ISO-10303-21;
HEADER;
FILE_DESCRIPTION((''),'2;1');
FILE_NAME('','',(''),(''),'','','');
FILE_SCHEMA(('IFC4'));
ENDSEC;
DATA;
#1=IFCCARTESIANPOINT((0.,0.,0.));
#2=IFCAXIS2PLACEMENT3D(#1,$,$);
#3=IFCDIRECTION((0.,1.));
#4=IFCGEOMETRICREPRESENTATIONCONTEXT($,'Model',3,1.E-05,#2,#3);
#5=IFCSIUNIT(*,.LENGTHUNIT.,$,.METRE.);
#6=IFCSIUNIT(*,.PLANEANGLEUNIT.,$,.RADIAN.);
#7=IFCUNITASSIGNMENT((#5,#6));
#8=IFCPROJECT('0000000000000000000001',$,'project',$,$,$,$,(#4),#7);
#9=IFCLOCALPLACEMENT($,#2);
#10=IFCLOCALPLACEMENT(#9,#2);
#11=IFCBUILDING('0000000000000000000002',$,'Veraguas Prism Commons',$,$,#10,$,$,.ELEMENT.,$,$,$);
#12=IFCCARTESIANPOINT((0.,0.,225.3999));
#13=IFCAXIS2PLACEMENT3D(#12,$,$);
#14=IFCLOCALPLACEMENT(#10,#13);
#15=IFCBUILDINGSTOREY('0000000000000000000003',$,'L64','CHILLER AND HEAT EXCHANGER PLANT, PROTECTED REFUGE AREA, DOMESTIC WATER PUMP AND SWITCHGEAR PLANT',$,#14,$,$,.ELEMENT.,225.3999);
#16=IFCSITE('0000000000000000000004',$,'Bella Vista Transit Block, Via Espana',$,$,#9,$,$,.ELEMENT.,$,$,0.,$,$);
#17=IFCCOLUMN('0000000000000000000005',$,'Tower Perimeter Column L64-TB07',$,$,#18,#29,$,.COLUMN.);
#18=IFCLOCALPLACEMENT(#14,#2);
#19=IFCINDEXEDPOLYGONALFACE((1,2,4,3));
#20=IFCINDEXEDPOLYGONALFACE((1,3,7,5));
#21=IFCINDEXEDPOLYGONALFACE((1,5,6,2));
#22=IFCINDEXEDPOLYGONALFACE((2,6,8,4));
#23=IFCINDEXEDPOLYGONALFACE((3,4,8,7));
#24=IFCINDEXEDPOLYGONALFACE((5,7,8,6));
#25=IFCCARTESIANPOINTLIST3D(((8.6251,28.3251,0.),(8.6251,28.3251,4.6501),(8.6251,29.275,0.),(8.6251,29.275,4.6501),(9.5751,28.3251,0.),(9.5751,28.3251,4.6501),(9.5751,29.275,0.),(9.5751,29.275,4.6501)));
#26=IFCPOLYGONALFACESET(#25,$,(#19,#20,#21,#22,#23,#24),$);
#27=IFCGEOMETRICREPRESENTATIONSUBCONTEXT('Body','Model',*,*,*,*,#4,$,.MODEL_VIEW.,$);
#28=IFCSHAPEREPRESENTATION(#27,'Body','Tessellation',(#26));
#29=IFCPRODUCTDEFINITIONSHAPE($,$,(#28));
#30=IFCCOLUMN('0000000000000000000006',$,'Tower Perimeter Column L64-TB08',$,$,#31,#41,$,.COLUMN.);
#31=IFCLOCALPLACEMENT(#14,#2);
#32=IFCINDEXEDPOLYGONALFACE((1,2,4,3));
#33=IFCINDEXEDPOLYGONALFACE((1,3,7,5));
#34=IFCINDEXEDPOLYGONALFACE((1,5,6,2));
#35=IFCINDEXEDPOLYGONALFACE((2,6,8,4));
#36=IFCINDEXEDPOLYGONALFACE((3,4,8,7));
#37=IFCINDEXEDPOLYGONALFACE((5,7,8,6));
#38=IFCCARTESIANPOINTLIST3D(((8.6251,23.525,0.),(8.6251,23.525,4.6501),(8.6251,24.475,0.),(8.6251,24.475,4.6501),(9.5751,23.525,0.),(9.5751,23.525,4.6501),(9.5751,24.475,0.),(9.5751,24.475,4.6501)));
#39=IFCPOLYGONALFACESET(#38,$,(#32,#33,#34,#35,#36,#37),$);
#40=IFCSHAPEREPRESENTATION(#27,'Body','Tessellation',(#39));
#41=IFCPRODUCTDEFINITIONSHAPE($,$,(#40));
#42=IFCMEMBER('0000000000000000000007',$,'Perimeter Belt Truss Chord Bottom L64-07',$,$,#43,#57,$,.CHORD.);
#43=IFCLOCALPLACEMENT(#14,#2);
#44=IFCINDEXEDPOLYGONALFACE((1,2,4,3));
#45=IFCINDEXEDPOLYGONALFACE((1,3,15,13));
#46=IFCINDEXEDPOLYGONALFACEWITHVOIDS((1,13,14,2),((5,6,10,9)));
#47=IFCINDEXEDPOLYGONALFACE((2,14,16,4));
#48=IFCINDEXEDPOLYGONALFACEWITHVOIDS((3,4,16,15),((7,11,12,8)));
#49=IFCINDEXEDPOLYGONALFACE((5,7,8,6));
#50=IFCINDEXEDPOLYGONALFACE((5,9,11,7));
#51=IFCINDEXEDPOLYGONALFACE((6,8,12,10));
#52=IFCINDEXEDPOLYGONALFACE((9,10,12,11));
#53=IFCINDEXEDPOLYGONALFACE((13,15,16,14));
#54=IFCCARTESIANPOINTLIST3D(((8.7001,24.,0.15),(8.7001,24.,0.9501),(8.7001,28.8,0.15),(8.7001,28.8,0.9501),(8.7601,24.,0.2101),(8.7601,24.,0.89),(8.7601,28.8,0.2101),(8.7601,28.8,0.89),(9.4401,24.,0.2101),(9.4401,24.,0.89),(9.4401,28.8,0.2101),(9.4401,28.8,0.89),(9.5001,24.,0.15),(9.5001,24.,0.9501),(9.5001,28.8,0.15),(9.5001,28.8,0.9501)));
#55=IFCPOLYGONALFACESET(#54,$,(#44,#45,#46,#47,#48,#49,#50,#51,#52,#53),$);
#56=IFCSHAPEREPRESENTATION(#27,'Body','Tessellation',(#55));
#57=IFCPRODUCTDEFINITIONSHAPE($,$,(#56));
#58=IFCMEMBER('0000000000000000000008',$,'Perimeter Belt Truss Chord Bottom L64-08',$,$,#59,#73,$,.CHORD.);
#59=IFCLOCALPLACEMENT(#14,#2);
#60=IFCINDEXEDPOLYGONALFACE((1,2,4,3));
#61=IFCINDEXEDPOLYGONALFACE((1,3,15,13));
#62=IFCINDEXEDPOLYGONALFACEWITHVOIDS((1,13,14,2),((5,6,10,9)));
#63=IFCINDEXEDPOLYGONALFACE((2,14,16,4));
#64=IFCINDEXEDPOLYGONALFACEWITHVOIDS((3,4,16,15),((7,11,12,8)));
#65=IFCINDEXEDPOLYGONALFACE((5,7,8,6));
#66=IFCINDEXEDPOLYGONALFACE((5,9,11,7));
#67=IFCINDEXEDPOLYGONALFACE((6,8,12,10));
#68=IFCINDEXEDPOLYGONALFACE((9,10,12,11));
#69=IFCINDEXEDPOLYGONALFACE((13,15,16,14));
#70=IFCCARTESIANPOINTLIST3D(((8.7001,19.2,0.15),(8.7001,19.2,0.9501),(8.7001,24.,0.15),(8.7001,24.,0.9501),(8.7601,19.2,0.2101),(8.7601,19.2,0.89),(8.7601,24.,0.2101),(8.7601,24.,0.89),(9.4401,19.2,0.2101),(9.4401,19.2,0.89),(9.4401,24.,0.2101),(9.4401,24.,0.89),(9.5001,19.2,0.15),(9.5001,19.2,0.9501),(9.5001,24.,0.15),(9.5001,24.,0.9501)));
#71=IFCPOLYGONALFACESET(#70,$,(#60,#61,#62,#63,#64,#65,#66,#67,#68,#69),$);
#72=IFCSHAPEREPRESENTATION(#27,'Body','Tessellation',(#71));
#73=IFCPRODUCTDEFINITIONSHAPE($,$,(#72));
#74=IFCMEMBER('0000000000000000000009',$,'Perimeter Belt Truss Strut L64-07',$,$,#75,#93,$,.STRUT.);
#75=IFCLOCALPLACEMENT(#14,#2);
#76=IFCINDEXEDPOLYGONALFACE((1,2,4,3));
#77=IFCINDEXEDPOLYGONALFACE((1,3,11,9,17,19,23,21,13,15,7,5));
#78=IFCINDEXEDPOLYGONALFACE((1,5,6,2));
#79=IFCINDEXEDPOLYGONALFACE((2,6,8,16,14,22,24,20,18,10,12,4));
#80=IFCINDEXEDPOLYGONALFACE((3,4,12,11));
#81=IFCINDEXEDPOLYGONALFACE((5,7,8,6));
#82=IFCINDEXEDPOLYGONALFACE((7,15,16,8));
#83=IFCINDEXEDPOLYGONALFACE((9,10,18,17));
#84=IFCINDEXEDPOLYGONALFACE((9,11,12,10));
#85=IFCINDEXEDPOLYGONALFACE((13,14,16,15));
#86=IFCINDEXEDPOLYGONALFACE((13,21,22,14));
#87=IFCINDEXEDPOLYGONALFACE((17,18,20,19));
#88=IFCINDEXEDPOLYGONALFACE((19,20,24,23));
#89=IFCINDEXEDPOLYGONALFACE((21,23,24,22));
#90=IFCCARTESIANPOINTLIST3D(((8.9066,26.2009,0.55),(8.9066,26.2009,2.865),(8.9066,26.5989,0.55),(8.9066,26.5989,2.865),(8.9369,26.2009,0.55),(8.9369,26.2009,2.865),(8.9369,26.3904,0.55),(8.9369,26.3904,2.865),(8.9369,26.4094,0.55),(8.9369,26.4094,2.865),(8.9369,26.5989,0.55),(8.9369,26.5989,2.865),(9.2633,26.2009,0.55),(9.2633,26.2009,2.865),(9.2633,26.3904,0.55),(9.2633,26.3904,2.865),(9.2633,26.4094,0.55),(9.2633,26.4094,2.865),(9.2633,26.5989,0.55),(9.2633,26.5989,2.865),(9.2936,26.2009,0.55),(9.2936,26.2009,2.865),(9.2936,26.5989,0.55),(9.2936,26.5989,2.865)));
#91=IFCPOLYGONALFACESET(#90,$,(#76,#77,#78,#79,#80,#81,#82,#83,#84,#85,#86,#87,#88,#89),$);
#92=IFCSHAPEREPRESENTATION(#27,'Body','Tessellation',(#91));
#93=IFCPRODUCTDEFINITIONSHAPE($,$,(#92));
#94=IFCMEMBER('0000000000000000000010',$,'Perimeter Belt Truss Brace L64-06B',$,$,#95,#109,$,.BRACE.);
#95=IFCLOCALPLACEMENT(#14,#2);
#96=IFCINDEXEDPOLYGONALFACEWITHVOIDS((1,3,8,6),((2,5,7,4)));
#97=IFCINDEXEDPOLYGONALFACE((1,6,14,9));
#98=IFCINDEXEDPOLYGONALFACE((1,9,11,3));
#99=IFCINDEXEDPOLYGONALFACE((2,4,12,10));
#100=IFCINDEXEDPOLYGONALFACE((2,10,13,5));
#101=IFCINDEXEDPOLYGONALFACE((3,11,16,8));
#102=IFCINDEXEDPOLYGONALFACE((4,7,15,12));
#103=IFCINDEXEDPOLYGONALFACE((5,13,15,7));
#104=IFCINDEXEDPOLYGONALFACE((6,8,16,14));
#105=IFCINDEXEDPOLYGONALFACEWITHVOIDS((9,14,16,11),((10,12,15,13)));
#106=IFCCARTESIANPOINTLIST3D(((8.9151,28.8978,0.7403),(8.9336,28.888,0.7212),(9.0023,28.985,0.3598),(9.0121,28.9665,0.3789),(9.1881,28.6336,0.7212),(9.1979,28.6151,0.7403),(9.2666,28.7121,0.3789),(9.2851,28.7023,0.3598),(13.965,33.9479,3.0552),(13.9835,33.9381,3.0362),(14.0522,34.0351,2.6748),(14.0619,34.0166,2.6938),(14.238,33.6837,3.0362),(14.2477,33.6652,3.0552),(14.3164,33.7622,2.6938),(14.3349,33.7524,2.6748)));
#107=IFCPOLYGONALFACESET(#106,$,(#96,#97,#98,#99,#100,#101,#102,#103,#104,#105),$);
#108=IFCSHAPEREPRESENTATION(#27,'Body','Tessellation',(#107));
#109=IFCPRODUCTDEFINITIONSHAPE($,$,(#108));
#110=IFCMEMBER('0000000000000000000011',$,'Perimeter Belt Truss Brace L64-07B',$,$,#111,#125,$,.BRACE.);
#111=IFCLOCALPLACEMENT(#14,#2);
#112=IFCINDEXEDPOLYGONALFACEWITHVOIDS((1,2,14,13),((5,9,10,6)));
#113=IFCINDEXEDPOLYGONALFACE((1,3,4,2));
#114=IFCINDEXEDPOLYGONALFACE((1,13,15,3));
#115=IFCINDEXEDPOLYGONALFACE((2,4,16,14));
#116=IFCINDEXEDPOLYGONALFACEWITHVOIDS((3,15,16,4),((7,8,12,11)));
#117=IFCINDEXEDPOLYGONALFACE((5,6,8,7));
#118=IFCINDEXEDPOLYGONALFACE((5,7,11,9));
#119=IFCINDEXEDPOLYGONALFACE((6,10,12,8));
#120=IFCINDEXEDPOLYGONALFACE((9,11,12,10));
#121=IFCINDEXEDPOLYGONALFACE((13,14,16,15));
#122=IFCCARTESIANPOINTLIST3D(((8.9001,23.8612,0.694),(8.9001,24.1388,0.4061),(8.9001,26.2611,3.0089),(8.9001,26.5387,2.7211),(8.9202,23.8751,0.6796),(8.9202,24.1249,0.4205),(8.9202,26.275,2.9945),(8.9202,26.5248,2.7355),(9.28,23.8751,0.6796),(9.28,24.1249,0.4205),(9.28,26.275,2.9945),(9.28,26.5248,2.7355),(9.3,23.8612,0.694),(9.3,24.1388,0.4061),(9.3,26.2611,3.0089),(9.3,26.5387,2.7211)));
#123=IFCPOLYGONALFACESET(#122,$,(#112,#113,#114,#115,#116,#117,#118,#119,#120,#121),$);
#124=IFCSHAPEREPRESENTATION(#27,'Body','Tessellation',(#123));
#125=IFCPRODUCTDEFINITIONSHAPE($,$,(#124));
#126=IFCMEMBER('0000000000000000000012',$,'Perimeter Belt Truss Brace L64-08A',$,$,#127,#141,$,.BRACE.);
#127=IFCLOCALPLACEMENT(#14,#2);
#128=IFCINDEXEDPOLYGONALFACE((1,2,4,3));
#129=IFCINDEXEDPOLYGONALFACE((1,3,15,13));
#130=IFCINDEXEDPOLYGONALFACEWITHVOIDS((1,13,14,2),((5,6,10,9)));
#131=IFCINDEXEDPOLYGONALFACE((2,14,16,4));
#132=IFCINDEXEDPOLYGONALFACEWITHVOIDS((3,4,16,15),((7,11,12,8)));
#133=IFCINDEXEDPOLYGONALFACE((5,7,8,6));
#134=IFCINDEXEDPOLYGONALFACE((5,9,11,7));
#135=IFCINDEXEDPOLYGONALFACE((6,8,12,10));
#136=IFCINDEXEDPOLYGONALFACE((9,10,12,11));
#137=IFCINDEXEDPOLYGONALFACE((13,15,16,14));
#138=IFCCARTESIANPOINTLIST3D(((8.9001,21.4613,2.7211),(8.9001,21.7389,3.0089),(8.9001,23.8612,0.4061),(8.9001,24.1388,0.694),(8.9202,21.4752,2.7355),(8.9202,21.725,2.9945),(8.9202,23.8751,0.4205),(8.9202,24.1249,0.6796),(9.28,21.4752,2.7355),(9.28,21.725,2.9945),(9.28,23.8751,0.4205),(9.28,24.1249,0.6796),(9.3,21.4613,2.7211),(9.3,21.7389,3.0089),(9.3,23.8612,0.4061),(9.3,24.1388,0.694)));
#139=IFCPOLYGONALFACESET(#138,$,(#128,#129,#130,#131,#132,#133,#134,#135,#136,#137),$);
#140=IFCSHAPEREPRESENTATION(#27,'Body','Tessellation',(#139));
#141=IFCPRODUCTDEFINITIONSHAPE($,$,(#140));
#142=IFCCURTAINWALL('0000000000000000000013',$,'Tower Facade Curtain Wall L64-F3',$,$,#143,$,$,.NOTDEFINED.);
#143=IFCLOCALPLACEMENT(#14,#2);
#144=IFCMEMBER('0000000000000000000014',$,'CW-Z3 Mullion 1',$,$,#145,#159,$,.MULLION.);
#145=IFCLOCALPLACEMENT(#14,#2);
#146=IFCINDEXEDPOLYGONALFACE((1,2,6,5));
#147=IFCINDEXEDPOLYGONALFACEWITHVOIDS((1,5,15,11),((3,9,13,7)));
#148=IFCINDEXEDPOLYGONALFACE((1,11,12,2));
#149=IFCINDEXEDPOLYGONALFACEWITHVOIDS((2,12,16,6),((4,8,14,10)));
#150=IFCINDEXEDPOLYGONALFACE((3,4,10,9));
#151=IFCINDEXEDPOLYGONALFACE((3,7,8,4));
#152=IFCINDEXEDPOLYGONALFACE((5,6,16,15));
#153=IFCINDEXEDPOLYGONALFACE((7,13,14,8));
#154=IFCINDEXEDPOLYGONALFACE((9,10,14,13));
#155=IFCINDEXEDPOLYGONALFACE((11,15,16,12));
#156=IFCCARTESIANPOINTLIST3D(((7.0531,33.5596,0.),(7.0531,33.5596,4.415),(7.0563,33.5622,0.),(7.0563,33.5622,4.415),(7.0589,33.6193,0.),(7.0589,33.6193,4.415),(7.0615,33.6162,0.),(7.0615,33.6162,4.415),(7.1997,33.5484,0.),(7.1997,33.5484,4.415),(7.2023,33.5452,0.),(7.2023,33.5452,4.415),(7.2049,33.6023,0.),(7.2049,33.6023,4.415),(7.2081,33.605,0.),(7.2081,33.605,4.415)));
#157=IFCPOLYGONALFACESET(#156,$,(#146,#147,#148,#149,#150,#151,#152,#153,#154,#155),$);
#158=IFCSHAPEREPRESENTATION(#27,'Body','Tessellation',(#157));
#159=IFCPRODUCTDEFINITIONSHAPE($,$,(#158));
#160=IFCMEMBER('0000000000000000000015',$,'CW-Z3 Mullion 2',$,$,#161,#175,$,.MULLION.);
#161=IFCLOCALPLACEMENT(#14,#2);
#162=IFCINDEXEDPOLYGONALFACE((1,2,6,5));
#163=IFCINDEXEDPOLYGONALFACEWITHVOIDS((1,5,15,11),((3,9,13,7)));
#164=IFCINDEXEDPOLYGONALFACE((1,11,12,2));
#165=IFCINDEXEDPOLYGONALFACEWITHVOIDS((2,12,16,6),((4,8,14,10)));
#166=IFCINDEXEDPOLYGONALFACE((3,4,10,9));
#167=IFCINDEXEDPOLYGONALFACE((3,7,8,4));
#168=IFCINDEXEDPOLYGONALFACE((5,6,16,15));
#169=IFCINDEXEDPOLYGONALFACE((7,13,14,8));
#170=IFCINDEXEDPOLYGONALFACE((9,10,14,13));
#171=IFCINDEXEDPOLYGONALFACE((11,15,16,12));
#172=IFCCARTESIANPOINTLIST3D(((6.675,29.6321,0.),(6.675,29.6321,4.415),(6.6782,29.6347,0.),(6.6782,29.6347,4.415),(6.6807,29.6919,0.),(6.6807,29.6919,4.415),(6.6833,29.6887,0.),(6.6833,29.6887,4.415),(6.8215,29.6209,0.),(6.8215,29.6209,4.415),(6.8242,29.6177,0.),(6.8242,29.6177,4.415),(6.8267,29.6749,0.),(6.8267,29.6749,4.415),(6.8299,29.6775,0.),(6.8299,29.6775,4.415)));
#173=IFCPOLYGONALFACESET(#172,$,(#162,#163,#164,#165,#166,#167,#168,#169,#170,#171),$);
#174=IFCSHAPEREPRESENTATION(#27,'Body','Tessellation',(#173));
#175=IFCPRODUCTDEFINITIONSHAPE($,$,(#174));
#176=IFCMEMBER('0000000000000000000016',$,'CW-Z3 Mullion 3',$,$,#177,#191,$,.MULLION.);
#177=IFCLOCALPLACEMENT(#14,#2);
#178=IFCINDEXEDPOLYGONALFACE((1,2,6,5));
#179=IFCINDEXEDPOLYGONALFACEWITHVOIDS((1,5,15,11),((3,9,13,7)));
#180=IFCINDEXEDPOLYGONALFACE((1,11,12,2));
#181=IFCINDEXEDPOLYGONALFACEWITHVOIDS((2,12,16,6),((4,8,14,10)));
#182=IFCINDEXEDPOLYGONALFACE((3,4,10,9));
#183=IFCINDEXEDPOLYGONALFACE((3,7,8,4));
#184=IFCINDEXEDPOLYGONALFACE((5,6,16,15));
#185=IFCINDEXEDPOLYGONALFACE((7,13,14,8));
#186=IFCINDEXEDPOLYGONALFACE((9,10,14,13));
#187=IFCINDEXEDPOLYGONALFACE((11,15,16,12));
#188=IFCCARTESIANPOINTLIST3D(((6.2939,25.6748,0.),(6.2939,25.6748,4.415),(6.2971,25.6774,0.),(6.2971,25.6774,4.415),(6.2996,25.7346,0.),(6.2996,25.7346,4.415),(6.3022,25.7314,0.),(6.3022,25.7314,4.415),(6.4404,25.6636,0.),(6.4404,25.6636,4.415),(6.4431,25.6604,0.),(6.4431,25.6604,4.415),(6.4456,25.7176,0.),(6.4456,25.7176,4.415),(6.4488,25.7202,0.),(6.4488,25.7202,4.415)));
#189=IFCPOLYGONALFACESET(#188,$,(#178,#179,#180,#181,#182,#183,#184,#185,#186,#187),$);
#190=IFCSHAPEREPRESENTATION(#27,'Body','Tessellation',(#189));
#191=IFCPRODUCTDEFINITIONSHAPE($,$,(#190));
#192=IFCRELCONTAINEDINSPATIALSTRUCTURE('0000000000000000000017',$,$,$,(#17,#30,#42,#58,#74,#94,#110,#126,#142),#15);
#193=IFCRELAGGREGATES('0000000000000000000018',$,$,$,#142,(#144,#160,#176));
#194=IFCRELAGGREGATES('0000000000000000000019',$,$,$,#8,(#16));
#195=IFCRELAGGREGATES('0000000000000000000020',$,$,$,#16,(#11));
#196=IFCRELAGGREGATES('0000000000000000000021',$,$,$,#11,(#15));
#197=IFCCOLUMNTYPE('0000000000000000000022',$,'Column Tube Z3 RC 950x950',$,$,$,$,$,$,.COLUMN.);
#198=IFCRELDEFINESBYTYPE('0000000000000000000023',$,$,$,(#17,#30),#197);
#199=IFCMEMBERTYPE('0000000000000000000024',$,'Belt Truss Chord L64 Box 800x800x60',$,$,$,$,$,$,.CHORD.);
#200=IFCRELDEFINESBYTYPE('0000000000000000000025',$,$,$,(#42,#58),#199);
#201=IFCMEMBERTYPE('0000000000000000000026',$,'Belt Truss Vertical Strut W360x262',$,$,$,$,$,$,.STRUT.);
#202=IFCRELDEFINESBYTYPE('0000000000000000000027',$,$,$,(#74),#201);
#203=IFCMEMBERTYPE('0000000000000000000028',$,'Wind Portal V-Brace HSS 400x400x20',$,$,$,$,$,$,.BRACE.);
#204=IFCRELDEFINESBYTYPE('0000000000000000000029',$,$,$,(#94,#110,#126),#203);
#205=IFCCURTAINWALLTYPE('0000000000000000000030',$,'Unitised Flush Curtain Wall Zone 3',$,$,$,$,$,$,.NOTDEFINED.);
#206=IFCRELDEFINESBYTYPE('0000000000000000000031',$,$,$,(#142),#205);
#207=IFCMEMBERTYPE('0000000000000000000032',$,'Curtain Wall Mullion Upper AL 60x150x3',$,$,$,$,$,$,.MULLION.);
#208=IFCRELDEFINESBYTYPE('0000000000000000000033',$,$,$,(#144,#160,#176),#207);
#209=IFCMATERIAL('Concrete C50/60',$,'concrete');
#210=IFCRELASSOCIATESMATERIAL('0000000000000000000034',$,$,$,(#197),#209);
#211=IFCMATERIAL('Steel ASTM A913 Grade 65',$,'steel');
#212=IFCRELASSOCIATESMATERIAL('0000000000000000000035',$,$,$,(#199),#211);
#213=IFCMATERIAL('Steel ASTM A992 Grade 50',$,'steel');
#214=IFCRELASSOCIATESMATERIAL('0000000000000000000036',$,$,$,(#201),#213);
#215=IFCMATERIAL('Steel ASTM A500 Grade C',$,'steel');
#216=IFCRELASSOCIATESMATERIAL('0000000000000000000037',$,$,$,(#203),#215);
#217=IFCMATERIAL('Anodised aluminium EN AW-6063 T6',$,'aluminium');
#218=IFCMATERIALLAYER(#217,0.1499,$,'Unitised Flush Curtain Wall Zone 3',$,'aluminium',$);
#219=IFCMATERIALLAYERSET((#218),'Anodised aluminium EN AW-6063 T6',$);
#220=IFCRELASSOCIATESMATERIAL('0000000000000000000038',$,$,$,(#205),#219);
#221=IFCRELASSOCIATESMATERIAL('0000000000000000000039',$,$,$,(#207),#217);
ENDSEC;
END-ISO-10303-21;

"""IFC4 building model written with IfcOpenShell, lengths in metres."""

from ifc_helpers import new_model, si_unit, direction, frame, origin, origin_2d, place, context, subcontext, project, spatial, rectangle, hollow_rectangle, i_section, extrude, source, transform, mapped, material, layer, layer_set, material_profile, profile_set, type_object, element, aggregate, save


model = new_model("IFC4")

# Units and contexts
model_context = context("Model", 3, precision=1e-05, world=origin(), true_north=direction((0.0, 1.0)))
body_context = subcontext(model_context, "Body", "Model", "MODEL_VIEW")
ifc_project = project(units=[si_unit("LENGTHUNIT", "METRE"), si_unit("PLANEANGLEUNIT", "RADIAN")], contexts=[model_context])

# Site, building, storey
site_placement = place(None, origin())
site = spatial("IfcSite", under=ifc_project, at=site_placement, Name="Bella Vista Transit Block, Via Espana", CompositionType="ELEMENT", RefElevation=0.0)
building_placement = place(site_placement, origin())
building = spatial("IfcBuilding", under=site, at=building_placement, Name="Veraguas Prism Commons", CompositionType="ELEMENT")
storey_placement = place(building_placement, frame((0.0, 0.0, 225.3999)))
storey = spatial("IfcBuildingStorey", under=building, at=storey_placement, Name="L64", Description="CHILLER AND HEAT EXCHANGER PLANT, PROTECTED REFUGE AREA, DOMESTIC WATER PUMP AND SWITCHGEAR PLANT", CompositionType="ELEMENT", Elevation=225.3999)

# Columns
ifc_material_1 = material(Name="Concrete C50/60", Category="concrete")
ifc_material_profile_1 = material_profile(ifc_material_1, rectangle(XDim=0.95, YDim=0.95, at=origin_2d()), Name="RC950X950")
ifc_profile_set_1 = profile_set([ifc_material_profile_1], Name="Concrete C50/60")
column_type = type_object("IfcColumnType", Name="Column Tube Z3 RC 950x950", PredefinedType="COLUMN", material=ifc_profile_set_1)
for number, where, z_axis, x_axis, name in (
    (1, (9.1001, 28.8, 0.0), (0.0, 0.0, 1.0), (1.0, 0.0, 0.0), "Tower Perimeter Column L64-TB07"),
    (2, (9.1001, 24.0, 0.0), (0.0, 0.0, 1.0), (1.0, 0.0, 0.0), "Tower Perimeter Column L64-TB08"),
):
    element("IfcColumn", number, at=place(storey_placement, frame(where, z_axis=z_axis, x_axis=x_axis)), inside=storey, type_object=column_type, Name=name, PredefinedType="COLUMN", context=body_context, shape_type="SweptSolid", body=[
        extrude(rectangle(XDim=0.95, YDim=0.95, at=origin_2d()), origin(), (0.0, 0.0, 1.0), 4.6501),
    ])

# Members
ifc_material_2 = material(Name="Steel ASTM A913 Grade 65", Category="steel")
ifc_material_profile_2 = material_profile(ifc_material_2, hollow_rectangle(XDim=0.8, YDim=0.8, WallThickness=0.0601, at=origin_2d()), Name="BOX800X800X60")
ifc_profile_set_2 = profile_set([ifc_material_profile_2], Name="Steel ASTM A913 Grade 65")
member_type_1 = type_object("IfcMemberType", Name="Belt Truss Chord L64 Box 800x800x60", PredefinedType="CHORD", material=ifc_profile_set_2)
for number, where, z_axis, x_axis, name in (
    (3, (9.1001, 28.8, 0.55), (0.0, -1.0, 0.0), (1.0, 0.0, 0.0), "Perimeter Belt Truss Chord Bottom L64-07"),
    (4, (9.1001, 24.0, 0.55), (0.0, -1.0, 0.0), (1.0, 0.0, 0.0), "Perimeter Belt Truss Chord Bottom L64-08"),
):
    element("IfcMember", number, at=place(storey_placement, frame(where, z_axis=z_axis, x_axis=x_axis)), inside=storey, type_object=member_type_1, Name=name, PredefinedType="CHORD", context=body_context, shape_type="SweptSolid", body=[
        extrude(hollow_rectangle(XDim=0.8, YDim=0.8, WallThickness=0.0601, at=origin_2d()), origin(), (0.0, 0.0, 1.0), 4.8),
    ])
ifc_material_3 = material(Name="Steel ASTM A992 Grade 50", Category="steel")
ifc_material_profile_3 = material_profile(ifc_material_3, i_section(OverallWidth=0.3979, OverallDepth=0.387, WebThickness=0.019, FlangeThickness=0.0303, at=origin_2d()), Name="W360X262")
ifc_profile_set_3 = profile_set([ifc_material_profile_3], Name="Steel ASTM A992 Grade 50")
member_type_2 = type_object("IfcMemberType", Name="Belt Truss Vertical Strut W360x262", PredefinedType="STRUT", material=ifc_profile_set_3)
member_1_placement = place(storey_placement, frame((9.1001, 26.3999, 0.55), z_axis=(0.0, 0.0, 1.0), x_axis=(0.0, -1.0, 0.0)))
element("IfcMember", 5, at=member_1_placement, inside=storey, type_object=member_type_2, Name="Perimeter Belt Truss Strut L64-07", PredefinedType="STRUT", context=body_context, shape_type="SweptSolid", body=[
    extrude(i_section(OverallWidth=0.3979, OverallDepth=0.387, WebThickness=0.019, FlangeThickness=0.0303, at=origin_2d()), origin(), (0.0, 0.0, 1.0), 2.3149),
])
ifc_material_4 = material(Name="Steel ASTM A500 Grade C", Category="steel")
ifc_material_profile_4 = material_profile(ifc_material_4, hollow_rectangle(XDim=0.3999, YDim=0.3999, WallThickness=0.02, at=origin_2d()), Name="HSS400X400X20")
ifc_profile_set_4 = profile_set([ifc_material_profile_4], Name="Steel ASTM A500 Grade C")
member_type_3 = type_object("IfcMemberType", Name="Wind Portal V-Brace HSS 400x400x20", PredefinedType="BRACE", material=ifc_profile_set_4)
member_2_placement = place(storey_placement, frame((9.1001, 28.8, 0.55), z_axis=(0.672635, 0.672668, 0.308351), x_axis=(-0.707124, 0.70709, 0.0)))
element("IfcMember", 6, at=member_2_placement, inside=storey, type_object=member_type_3, Name="Perimeter Belt Truss Brace L64-06B", PredefinedType="BRACE", context=body_context, shape_type="SweptSolid", body=[
    extrude(hollow_rectangle(XDim=0.3999, YDim=0.3999, WallThickness=0.02, at=origin_2d()), origin(), (0.0, 0.0, 1.0), 7.5076),
])
for number, where, z_axis, x_axis, name in (
    (7, (9.1001, 24.0, 0.55), (0.0, 0.719732, 0.694252), (-1.0, 0.0, 0.0), "Perimeter Belt Truss Brace L64-07B"),
    (8, (9.1001, 24.0, 0.55), (0.0, -0.719732, 0.694252), (1.0, 0.0, 0.0), "Perimeter Belt Truss Brace L64-08A"),
):
    element("IfcMember", number, at=place(storey_placement, frame(where, z_axis=z_axis, x_axis=x_axis)), inside=storey, type_object=member_type_3, Name=name, PredefinedType="BRACE", context=body_context, shape_type="SweptSolid", body=[
        extrude(hollow_rectangle(XDim=0.3999, YDim=0.3999, WallThickness=0.02, at=origin_2d()), origin(), (0.0, 0.0, 1.0), 3.3345),
    ])

# Curtain wall, members
ifc_material_5 = material(Name="Anodised aluminium EN AW-6063 T6", Category="aluminium")
ifc_layer_1 = layer(ifc_material_5, 0.1499, Name="Unitised Flush Curtain Wall Zone 3", Category="aluminium")
ifc_layer_set_1 = layer_set([ifc_layer_1], Name="Anodised aluminium EN AW-6063 T6")
curtain_wall_type = type_object("IfcCurtainWallType", Name="Unitised Flush Curtain Wall Zone 3", PredefinedType="NOTDEFINED", material=ifc_layer_set_1)
curtain_wall_placement = place(storey_placement, origin())
curtain_wall = element("IfcCurtainWall", 9, at=curtain_wall_placement, inside=storey, type_object=curtain_wall_type, Name="Tower Facade Curtain Wall L64-F3", PredefinedType="NOTDEFINED")
ifc_material_profile_5 = material_profile(ifc_material_5, hollow_rectangle(XDim=0.0601, YDim=0.1499, WallThickness=0.0029, at=origin_2d()), Name="AL60X150X3")
ifc_profile_set_5 = profile_set([ifc_material_profile_5], Name="Anodised aluminium EN AW-6063 T6")
member_type_4 = type_object("IfcMemberType", Name="Curtain Wall Mullion Upper AL 60x150x3", PredefinedType="MULLION", material=ifc_profile_set_5)
shared_shape_1 = source(origin(), body_context, "Body", "SweptSolid", [
    extrude(hollow_rectangle(XDim=0.0601, YDim=0.1499, WallThickness=0.0029, at=origin_2d()), origin(), (0.0, 0.0, 1.0), 4.415),
])
member_3_placement = place(storey_placement, frame((7.1306, 33.5823, 0.0), z_axis=(0.0, 0.0, 1.0), x_axis=(-0.095841, -0.995397, 0.0)))
member_3 = element("IfcMember", 10, at=member_3_placement, type_object=member_type_4, Name="CW-Z3 Mullion 1", PredefinedType="MULLION", context=body_context, shape_type="MappedRepresentation", body=[
    mapped(shared_shape_1, transform((0.0, 0.0, 0.0), scale=1.0)),
])
member_4_placement = place(storey_placement, frame((6.7524, 29.6548, 0.0), z_axis=(0.0, 0.0, 1.0), x_axis=(-0.095841, -0.995397, 0.0)))
member_4 = element("IfcMember", 11, at=member_4_placement, type_object=member_type_4, Name="CW-Z3 Mullion 2", PredefinedType="MULLION", context=body_context, shape_type="MappedRepresentation", body=[
    mapped(shared_shape_1, transform((0.0, 0.0, 0.0), scale=1.0)),
])
member_5_placement = place(storey_placement, frame((6.3713, 25.6975, 0.0), z_axis=(0.0, 0.0, 1.0), x_axis=(-0.095841, -0.995397, 0.0)))
member_5 = element("IfcMember", 12, at=member_5_placement, type_object=member_type_4, Name="CW-Z3 Mullion 3", PredefinedType="MULLION", context=body_context, shape_type="MappedRepresentation", body=[
    mapped(shared_shape_1, transform((0.0, 0.0, 0.0), scale=1.0)),
])

aggregate(curtain_wall, [member_3, member_4, member_5])

save(model, "model.ifc")
